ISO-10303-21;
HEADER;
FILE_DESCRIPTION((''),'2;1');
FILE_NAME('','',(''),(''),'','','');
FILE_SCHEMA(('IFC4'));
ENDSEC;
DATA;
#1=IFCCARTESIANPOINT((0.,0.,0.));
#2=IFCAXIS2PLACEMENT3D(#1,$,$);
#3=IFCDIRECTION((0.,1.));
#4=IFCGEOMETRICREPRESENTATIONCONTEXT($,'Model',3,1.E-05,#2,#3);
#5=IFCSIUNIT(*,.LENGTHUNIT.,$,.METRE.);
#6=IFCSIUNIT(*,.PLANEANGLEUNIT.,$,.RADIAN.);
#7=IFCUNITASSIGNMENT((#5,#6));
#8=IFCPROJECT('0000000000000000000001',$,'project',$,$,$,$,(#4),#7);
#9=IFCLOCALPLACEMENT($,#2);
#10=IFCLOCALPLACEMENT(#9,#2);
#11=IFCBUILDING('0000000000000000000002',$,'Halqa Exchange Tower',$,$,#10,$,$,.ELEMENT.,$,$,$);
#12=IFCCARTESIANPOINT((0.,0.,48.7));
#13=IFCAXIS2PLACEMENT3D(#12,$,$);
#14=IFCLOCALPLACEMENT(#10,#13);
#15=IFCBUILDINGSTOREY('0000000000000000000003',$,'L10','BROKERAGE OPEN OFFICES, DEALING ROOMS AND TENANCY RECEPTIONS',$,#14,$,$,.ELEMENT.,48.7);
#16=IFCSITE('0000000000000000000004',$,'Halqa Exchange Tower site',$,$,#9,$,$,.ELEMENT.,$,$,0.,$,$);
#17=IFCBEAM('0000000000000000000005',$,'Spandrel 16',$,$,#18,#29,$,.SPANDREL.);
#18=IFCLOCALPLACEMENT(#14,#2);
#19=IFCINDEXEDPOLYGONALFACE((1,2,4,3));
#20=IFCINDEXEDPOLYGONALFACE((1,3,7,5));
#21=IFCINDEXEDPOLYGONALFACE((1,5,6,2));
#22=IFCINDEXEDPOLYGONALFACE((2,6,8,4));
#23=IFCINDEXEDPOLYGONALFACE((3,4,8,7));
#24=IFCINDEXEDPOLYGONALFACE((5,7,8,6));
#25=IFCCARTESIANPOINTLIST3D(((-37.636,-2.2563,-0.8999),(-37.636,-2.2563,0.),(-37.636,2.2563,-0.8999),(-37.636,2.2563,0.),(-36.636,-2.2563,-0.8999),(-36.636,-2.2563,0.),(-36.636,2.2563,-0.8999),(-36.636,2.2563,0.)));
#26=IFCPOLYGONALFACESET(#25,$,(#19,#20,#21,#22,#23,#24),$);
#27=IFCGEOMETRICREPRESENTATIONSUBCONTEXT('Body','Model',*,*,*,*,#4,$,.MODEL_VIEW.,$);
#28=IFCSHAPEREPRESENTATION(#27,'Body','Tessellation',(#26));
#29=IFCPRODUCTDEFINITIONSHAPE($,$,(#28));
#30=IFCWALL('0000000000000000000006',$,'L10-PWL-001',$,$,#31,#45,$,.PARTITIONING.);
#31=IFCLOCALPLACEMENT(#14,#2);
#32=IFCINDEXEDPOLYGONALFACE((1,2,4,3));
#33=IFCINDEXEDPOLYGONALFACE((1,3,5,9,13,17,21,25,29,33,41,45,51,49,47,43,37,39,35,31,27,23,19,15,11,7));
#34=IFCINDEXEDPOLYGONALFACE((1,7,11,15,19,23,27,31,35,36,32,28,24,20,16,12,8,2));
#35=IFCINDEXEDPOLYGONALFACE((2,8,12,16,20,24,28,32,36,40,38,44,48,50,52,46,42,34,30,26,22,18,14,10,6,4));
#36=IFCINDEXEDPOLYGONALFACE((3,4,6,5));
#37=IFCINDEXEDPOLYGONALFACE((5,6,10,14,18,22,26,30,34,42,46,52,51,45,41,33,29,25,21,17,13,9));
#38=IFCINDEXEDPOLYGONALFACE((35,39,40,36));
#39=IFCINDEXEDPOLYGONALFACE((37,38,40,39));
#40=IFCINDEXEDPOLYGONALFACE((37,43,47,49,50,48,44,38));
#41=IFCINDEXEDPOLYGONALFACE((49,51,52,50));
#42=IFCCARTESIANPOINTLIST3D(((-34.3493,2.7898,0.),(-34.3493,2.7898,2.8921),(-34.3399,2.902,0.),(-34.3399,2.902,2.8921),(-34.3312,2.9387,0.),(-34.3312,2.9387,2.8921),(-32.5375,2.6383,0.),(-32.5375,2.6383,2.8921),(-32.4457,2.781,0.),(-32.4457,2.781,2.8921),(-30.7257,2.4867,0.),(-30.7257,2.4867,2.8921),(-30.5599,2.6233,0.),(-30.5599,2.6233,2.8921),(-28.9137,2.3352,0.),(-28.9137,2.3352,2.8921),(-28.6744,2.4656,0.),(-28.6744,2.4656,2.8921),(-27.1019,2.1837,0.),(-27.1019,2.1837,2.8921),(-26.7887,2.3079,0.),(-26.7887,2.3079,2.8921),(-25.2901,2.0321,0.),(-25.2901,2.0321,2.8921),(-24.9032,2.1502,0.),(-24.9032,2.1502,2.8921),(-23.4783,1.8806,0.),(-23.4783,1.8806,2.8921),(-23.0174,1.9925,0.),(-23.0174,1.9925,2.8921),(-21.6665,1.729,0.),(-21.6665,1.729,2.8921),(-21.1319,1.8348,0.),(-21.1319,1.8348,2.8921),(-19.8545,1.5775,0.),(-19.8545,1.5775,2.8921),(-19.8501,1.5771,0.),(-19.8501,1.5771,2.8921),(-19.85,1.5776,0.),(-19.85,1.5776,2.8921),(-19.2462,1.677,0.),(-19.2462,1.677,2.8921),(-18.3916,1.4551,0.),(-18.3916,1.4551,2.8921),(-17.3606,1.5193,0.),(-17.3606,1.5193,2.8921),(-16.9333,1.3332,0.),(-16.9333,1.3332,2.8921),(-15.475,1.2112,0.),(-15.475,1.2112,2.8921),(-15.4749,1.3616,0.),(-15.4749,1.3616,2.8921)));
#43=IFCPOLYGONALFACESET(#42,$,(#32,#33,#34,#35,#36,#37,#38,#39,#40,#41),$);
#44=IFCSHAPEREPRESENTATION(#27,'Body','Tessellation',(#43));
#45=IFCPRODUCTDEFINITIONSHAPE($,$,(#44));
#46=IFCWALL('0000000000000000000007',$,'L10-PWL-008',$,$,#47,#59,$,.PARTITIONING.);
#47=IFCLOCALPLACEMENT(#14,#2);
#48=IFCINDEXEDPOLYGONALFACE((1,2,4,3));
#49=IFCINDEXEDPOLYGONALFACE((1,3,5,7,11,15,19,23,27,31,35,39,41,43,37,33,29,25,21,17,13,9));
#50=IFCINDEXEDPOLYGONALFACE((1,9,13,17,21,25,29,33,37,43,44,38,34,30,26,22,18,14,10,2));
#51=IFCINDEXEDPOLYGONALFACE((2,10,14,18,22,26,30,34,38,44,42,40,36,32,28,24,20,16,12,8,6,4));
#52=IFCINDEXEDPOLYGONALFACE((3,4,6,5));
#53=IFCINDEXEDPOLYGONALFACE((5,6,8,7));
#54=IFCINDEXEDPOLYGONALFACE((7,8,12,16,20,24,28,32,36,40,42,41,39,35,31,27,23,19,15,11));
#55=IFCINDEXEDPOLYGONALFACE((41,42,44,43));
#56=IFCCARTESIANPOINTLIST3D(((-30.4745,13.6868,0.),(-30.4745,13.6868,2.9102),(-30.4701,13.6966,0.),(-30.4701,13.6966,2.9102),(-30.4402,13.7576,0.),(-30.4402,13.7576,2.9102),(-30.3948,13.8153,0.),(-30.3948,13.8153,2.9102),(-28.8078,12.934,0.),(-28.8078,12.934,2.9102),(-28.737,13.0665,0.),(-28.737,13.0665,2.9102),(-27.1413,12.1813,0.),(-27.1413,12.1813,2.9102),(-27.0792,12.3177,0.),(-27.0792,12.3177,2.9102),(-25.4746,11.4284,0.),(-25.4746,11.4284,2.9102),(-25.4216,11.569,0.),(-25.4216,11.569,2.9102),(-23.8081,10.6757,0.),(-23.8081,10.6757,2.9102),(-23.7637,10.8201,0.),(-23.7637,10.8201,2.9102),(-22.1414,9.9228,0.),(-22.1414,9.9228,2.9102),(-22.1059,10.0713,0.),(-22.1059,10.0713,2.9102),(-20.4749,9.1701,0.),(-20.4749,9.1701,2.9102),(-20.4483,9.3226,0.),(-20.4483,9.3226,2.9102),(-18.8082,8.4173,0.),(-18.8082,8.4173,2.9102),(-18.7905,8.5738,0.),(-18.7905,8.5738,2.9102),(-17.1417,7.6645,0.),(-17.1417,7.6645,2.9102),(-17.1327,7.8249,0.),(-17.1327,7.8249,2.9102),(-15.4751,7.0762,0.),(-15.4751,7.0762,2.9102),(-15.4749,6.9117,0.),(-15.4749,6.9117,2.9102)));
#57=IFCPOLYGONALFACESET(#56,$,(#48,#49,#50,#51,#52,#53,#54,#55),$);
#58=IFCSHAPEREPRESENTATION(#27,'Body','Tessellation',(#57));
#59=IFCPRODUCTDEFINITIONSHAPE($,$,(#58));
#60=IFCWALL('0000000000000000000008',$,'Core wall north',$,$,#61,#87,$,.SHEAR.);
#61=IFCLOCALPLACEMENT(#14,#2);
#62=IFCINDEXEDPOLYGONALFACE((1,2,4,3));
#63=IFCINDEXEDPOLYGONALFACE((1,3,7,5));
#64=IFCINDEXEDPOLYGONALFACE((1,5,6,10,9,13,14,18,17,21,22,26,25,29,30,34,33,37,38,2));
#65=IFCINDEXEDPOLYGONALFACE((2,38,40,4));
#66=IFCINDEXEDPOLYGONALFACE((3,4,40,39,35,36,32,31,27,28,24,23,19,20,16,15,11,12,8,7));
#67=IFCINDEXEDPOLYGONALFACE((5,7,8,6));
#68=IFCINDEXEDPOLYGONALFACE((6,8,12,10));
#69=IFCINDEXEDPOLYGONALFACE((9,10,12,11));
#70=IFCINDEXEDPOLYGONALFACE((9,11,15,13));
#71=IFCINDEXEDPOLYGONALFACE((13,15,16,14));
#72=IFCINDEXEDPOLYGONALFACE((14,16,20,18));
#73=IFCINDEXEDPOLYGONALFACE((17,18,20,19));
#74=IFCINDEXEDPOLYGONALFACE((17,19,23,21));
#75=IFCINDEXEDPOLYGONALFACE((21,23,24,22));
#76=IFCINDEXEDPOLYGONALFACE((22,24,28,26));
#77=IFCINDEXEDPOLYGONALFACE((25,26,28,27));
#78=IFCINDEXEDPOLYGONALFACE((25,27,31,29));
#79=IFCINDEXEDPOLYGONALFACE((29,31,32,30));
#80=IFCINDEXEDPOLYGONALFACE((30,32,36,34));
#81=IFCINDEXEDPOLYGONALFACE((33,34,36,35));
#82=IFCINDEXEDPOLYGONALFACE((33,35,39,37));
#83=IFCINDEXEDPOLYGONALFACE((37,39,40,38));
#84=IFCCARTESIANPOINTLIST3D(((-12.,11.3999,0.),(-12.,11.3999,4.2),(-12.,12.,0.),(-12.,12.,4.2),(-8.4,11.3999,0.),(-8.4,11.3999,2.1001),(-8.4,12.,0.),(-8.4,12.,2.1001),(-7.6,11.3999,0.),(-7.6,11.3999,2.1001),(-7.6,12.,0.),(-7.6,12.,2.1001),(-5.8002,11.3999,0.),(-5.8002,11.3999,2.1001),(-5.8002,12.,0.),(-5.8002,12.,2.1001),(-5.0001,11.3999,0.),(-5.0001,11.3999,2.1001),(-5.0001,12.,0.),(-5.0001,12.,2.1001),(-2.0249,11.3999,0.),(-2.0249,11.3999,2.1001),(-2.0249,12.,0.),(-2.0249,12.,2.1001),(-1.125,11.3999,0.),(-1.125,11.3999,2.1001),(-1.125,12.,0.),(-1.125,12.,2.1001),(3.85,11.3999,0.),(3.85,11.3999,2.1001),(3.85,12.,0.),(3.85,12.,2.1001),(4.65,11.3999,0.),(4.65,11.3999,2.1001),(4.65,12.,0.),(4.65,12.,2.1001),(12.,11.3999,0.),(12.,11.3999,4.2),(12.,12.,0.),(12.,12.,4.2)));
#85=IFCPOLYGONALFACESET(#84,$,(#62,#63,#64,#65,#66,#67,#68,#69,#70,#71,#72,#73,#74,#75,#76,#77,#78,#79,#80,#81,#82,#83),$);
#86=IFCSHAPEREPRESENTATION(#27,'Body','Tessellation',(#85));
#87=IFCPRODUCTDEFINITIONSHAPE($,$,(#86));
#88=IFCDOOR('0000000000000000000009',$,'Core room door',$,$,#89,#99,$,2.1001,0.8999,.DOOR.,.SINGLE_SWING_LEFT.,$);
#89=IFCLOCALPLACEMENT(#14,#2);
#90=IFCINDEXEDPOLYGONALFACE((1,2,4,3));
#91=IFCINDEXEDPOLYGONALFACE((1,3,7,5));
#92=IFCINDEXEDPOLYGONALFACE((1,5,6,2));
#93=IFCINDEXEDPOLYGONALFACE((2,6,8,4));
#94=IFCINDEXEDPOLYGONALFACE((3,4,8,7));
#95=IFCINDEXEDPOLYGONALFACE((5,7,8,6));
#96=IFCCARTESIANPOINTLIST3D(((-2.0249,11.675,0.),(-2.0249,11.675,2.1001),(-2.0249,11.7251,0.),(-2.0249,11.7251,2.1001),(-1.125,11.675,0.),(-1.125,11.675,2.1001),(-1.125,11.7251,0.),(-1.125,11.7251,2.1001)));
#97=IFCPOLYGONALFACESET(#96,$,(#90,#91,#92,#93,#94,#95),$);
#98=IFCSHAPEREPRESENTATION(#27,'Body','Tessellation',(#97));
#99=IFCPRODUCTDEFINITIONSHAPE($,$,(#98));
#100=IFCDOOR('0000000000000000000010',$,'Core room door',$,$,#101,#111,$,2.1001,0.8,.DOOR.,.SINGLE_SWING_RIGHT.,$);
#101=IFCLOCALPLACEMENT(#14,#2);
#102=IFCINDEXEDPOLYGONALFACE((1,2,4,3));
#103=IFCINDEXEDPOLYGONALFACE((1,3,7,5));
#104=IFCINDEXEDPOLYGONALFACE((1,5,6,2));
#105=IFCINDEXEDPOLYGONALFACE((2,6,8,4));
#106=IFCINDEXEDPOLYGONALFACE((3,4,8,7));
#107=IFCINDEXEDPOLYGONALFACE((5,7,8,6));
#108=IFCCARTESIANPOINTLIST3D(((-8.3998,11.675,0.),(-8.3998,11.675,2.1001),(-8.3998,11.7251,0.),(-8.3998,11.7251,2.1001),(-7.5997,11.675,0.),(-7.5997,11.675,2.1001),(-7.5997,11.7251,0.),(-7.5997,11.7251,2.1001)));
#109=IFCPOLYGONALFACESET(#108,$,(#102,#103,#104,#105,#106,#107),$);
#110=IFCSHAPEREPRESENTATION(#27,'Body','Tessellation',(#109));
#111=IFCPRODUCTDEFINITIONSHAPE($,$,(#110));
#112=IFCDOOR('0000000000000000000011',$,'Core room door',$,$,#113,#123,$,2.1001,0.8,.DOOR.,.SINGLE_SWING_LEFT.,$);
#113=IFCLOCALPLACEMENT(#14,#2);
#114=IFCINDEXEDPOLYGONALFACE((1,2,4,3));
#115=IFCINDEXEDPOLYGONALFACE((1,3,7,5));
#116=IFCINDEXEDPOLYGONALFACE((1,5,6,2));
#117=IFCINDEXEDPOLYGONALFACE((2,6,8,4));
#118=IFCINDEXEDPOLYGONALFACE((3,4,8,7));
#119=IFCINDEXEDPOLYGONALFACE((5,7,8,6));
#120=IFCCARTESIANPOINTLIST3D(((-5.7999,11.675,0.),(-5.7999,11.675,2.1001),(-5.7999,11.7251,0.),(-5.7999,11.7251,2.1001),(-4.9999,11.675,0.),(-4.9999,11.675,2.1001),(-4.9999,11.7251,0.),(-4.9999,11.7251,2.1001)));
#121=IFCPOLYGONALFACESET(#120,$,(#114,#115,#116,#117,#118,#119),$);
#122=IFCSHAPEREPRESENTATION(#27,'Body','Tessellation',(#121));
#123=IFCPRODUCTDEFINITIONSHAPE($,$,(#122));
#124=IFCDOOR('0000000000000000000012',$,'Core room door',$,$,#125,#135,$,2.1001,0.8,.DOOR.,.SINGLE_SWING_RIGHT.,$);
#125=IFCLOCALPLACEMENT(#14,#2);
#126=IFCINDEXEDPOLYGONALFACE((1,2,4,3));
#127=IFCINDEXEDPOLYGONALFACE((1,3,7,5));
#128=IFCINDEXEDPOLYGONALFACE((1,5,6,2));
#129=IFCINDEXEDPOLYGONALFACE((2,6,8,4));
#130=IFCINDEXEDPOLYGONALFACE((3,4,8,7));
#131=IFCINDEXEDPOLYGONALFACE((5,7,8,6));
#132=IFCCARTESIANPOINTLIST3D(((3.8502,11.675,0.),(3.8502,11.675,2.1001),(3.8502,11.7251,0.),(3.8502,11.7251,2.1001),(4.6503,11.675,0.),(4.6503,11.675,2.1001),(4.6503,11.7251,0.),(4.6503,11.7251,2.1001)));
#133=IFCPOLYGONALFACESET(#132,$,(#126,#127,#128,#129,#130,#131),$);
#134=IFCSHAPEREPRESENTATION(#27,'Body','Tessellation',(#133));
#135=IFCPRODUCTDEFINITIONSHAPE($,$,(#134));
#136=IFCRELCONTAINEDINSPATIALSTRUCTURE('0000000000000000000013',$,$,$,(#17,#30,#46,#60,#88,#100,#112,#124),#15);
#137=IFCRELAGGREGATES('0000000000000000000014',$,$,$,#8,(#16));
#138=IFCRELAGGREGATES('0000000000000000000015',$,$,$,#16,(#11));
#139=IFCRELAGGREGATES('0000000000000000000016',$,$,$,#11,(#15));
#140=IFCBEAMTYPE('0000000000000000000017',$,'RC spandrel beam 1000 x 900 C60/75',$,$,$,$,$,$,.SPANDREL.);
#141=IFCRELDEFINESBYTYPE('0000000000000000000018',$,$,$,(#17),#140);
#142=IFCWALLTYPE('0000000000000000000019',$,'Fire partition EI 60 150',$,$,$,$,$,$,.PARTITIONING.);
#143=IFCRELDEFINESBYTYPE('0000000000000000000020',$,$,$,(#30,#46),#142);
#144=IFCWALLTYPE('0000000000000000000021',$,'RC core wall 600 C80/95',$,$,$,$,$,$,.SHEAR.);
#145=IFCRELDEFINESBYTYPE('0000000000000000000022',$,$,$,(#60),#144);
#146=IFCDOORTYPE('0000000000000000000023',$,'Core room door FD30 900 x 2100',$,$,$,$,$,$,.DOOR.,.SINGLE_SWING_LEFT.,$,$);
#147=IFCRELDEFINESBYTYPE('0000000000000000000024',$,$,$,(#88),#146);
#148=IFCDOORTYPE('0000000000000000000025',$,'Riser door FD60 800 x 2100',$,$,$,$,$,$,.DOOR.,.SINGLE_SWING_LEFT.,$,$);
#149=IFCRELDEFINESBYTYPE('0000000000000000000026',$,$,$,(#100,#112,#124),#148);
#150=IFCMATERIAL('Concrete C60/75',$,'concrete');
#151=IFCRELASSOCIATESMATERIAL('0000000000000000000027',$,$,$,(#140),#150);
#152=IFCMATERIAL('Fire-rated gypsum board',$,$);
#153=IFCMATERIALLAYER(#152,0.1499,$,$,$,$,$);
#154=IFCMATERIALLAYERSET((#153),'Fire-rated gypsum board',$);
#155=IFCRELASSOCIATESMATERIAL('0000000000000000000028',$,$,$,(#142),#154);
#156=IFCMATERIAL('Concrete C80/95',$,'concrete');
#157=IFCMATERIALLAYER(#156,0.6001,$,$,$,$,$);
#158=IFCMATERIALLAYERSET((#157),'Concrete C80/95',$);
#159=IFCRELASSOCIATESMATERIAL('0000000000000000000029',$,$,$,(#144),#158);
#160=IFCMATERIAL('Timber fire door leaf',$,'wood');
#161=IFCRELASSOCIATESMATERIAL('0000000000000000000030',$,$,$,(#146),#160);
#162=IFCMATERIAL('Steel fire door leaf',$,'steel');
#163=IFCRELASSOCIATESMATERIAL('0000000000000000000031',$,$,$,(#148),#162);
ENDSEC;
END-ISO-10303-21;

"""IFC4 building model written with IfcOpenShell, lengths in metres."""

from ifc_helpers import new_model, si_unit, direction, frame, frame_2d, origin, origin_2d, place, context, subcontext, project, spatial, polyline, rectangle, outline, extrude, material, layer, layer_set, material_profile, profile_set, type_object, element, fill, save


model = new_model("IFC4")

# Units and contexts
model_context = context("Model", 3, precision=1e-05, world=origin(), true_north=direction((0.0, 1.0)))
body_context = subcontext(model_context, "Body", "Model", "MODEL_VIEW")
ifc_project = project(units=[si_unit("LENGTHUNIT", "METRE"), si_unit("PLANEANGLEUNIT", "RADIAN")], contexts=[model_context])

# Site, building, storey
site_placement = place(None, origin())
site = spatial("IfcSite", under=ifc_project, at=site_placement, Name="Halqa Exchange Tower site", CompositionType="ELEMENT", RefElevation=0.0)
building_placement = place(site_placement, origin())
building = spatial("IfcBuilding", under=site, at=building_placement, Name="Halqa Exchange Tower", CompositionType="ELEMENT")
storey_placement = place(building_placement, frame((0.0, 0.0, 48.7)))
storey = spatial("IfcBuildingStorey", under=building, at=storey_placement, Name="L10", Description="BROKERAGE OPEN OFFICES, DEALING ROOMS AND TENANCY RECEPTIONS", CompositionType="ELEMENT", Elevation=48.7)

# Shared definitions
ifc_material_1 = material(Name="Concrete C80/95", Category="concrete")

# Beam
ifc_material_2 = material(Name="Concrete C60/75", Category="concrete")
ifc_material_profile_1 = material_profile(ifc_material_2, rectangle(XDim=1.0, YDim=0.8999, at=origin_2d()), Name="1000 x 900")
ifc_profile_set_1 = profile_set([ifc_material_profile_1], Name="Concrete C60/75")
beam_type_1 = type_object("IfcBeamType", Name="RC spandrel beam 1000 x 900 C60/75", PredefinedType="SPANDREL", material=ifc_profile_set_1)
beam_1_placement = place(storey_placement, frame((-37.136, 2.2563, -0.45), z_axis=(0.0, -1.0, 0.0), x_axis=(1.0, 0.0, 0.0)))
element("IfcBeam", 1, at=beam_1_placement, inside=storey, type_object=beam_type_1, Name="Spandrel 16", PredefinedType="SPANDREL", context=body_context, shape_type="SweptSolid", body=[
    extrude(rectangle(XDim=1.0, YDim=0.8999, at=origin_2d()), origin(), (0.0, 0.0, 1.0), 4.5127),
])

# Walls
ifc_material_3 = material(Name="Fire-rated gypsum board")
ifc_layer_1 = layer(ifc_material_3, 0.1499)
ifc_layer_set_1 = layer_set([ifc_layer_1], Name="Fire-rated gypsum board")
wall_type_1 = type_object("IfcWallType", Name="Fire partition EI 60 150", PredefinedType="PARTITIONING", material=ifc_layer_set_1)
wall_1_placement = place(storey_placement, frame((-34.343, 2.8645, 0.0), z_axis=(0.0, 0.0, 1.0), x_axis=(0.996521, -0.083347, 0.0)))
element("IfcWall", 2, at=wall_1_placement, inside=storey, type_object=wall_type_1, Name="L10-PWL-001", PredefinedType="PARTITIONING", context=body_context, shape_type="SweptSolid", body=[
    extrude(outline(polyline([(0.0, -0.075), (1.8181, -0.075), (3.6362, -0.075), (5.4546, -0.075), (7.2727, -0.075), (9.0908, -0.075), (10.9089, -0.075), (12.7271, -0.075), (14.5454, -0.075), (14.5498, -0.0745), (14.5498, -0.075), (16.0134, -0.075), (17.4768, -0.075), (18.9402, -0.075), (18.9277, 0.075), (17.0354, 0.075), (15.1433, 0.075), (13.251, 0.075), (11.3589, 0.075), (9.4666, 0.075), (7.5745, 0.075), (5.6821, 0.075), (3.79, 0.075), (1.8977, 0.075), (0.0056, 0.075), (0.0, 0.0376), (0.0, -0.075)])), origin(), (0.0, 0.0, 1.0), 2.8921),
])
wall_2_placement = place(storey_placement, frame((-15.4441, 6.98, 0.0), z_axis=(0.0, 0.0, 1.0), x_axis=(-0.911344, 0.411646, 0.0)))
element("IfcWall", 3, at=wall_2_placement, inside=storey, type_object=wall_type_1, Name="L10-PWL-008", PredefinedType="PARTITIONING", context=body_context, shape_type="SweptSolid", body=[
    extrude(outline(polyline([(0.0679, -0.075), (1.8867, -0.075), (3.7058, -0.075), (5.5249, -0.075), (7.3438, -0.075), (9.1628, -0.075), (10.9819, -0.075), (12.8008, -0.075), (14.6199, -0.075), (16.439, -0.075), (16.4565, -0.0037), (16.4587, 0.0642), (16.4587, 0.075), (14.6299, 0.075), (12.8013, 0.075), (10.9724, 0.075), (9.1438, 0.075), (7.3149, 0.075), (5.4863, 0.075), (3.6575, 0.075), (1.8289, 0.075), (0.0, 0.075), (0.0679, -0.075)])), origin(), (0.0, 0.0, 1.0), 2.9102),
])

# Wall, openings, doors
ifc_layer_2 = layer(ifc_material_1, 0.6001)
ifc_layer_set_2 = layer_set([ifc_layer_2], Name="Concrete C80/95")
wall_type_2 = type_object("IfcWallType", Name="RC core wall 600 C80/95", PredefinedType="SHEAR", material=ifc_layer_set_2)
wall_3_placement = place(storey_placement, frame((-12.0, 11.7, 0.0), z_axis=(0.0, 0.0, 1.0), x_axis=(1.0, 0.0, 0.0)))
wall_3 = element("IfcWall", 4, at=wall_3_placement, inside=storey, type_object=wall_type_2, Name="Core wall north", PredefinedType="SHEAR", context=body_context, shape_type="SweptSolid", body=[
    extrude(rectangle(XDim=24.0, YDim=0.6001, at=frame_2d((12.0, 0.0))), origin(), (0.0, 0.0, 1.0), 4.2),
])
opening_1_placement = place(wall_3_placement, frame((9.9751, 0.0, 0.0)))
opening_1 = element("IfcOpeningElement", 5, at=opening_1_placement, cuts=wall_3, PredefinedType="OPENING", context=body_context, shape_type="SweptSolid", body=[
    extrude(rectangle(XDim=0.8999, YDim=2.1001, at=frame_2d((0.45, 1.05))), frame((0.0, 0.312, 0.0), z_axis=(0.0, -1.0, 0.0), x_axis=(1.0, 0.0, 0.0)), (0.0, 0.0, 1.0), 0.624),
])
opening_2_placement = place(wall_3_placement, frame((3.6001, 0.0, 0.0)))
opening_2 = element("IfcOpeningElement", 6, at=opening_2_placement, cuts=wall_3, PredefinedType="OPENING", context=body_context, shape_type="SweptSolid", body=[
    extrude(rectangle(XDim=0.8, YDim=2.1001, at=frame_2d((0.3999, 1.05))), frame((0.0, 0.312, 0.0), z_axis=(0.0, -1.0, 0.0), x_axis=(1.0, 0.0, 0.0)), (0.0, 0.0, 1.0), 0.624),
])
opening_3_placement = place(wall_3_placement, frame((6.2, 0.0, 0.0)))
opening_3 = element("IfcOpeningElement", 7, at=opening_3_placement, cuts=wall_3, PredefinedType="OPENING", context=body_context, shape_type="SweptSolid", body=[
    extrude(rectangle(XDim=0.8, YDim=2.1001, at=frame_2d((0.3999, 1.05))), frame((0.0, 0.312, 0.0), z_axis=(0.0, -1.0, 0.0), x_axis=(1.0, 0.0, 0.0)), (0.0, 0.0, 1.0), 0.624),
])
opening_4_placement = place(wall_3_placement, frame((15.8501, 0.0, 0.0)))
opening_4 = element("IfcOpeningElement", 8, at=opening_4_placement, cuts=wall_3, PredefinedType="OPENING", context=body_context, shape_type="SweptSolid", body=[
    extrude(rectangle(XDim=0.8, YDim=2.1001, at=frame_2d((0.3999, 1.05))), frame((0.0, 0.312, 0.0), z_axis=(0.0, -1.0, 0.0), x_axis=(1.0, 0.0, 0.0)), (0.0, 0.0, 1.0), 0.624),
])
ifc_material_4 = material(Name="Timber fire door leaf", Category="wood")
door_type_1 = type_object("IfcDoorType", Name="Core room door FD30 900 x 2100", OperationType="SINGLE_SWING_LEFT", PredefinedType="DOOR", material=ifc_material_4)
door_1_placement = place(opening_1_placement, frame((0.8999, 0.0, 0.0), z_axis=(0.0, 0.0, 1.0), x_axis=(-1.0, 0.0, 0.0)))
door_1 = element("IfcDoor", 9, at=door_1_placement, inside=storey, type_object=door_type_1, Name="Core room door", OperationType="SINGLE_SWING_LEFT", OverallHeight=2.1001, OverallWidth=0.8999, PredefinedType="DOOR", context=body_context, shape_type="SweptSolid", body=[
    extrude(rectangle(XDim=0.8999, YDim=2.1001, at=frame_2d((0.45, 1.05))), frame((0.0, 0.0249, 0.0), z_axis=(0.0, -1.0, 0.0), x_axis=(1.0, 0.0, 0.0)), (0.0, 0.0, 1.0), 0.05),
])
fill(opening_1, door_1)
ifc_material_5 = material(Name="Steel fire door leaf", Category="steel")
door_type_2 = type_object("IfcDoorType", Name="Riser door FD60 800 x 2100", OperationType="SINGLE_SWING_LEFT", PredefinedType="DOOR", material=ifc_material_5)
door_2_placement = place(opening_2_placement, frame((0.8, 0.0, 0.0), z_axis=(0.0, 0.0, 1.0), x_axis=(-1.0, 0.0, 0.0)))
door_2 = element("IfcDoor", 10, at=door_2_placement, inside=storey, type_object=door_type_2, Name="Core room door", OperationType="SINGLE_SWING_RIGHT", OverallHeight=2.1001, OverallWidth=0.8, PredefinedType="DOOR", context=body_context, shape_type="SweptSolid", body=[
    extrude(rectangle(XDim=0.8, YDim=2.1001, at=frame_2d((0.3999, 1.05))), frame((0.0, 0.0249, 0.0), z_axis=(0.0, -1.0, 0.0), x_axis=(1.0, 0.0, 0.0)), (0.0, 0.0, 1.0), 0.05),
])
fill(opening_2, door_2)
door_3_placement = place(opening_3_placement, frame((0.8, 0.0, 0.0), z_axis=(0.0, 0.0, 1.0), x_axis=(-1.0, 0.0, 0.0)))
door_3 = element("IfcDoor", 11, at=door_3_placement, inside=storey, type_object=door_type_2, Name="Core room door", OperationType="SINGLE_SWING_LEFT", OverallHeight=2.1001, OverallWidth=0.8, PredefinedType="DOOR", context=body_context, shape_type="SweptSolid", body=[
    extrude(rectangle(XDim=0.8, YDim=2.1001, at=frame_2d((0.3999, 1.05))), frame((0.0, 0.0249, 0.0), z_axis=(0.0, -1.0, 0.0), x_axis=(1.0, 0.0, 0.0)), (0.0, 0.0, 1.0), 0.05),
])
fill(opening_3, door_3)
door_4_placement = place(opening_4_placement, frame((0.8, 0.0, 0.0), z_axis=(0.0, 0.0, 1.0), x_axis=(-1.0, 0.0, 0.0)))
door_4 = element("IfcDoor", 12, at=door_4_placement, inside=storey, type_object=door_type_2, Name="Core room door", OperationType="SINGLE_SWING_RIGHT", OverallHeight=2.1001, OverallWidth=0.8, PredefinedType="DOOR", context=body_context, shape_type="SweptSolid", body=[
    extrude(rectangle(XDim=0.8, YDim=2.1001, at=frame_2d((0.3999, 1.05))), frame((0.0, 0.0249, 0.0), z_axis=(0.0, -1.0, 0.0), x_axis=(1.0, 0.0, 0.0)), (0.0, 0.0, 1.0), 0.05),
])
fill(opening_4, door_4)

save(model, "model.ifc")
